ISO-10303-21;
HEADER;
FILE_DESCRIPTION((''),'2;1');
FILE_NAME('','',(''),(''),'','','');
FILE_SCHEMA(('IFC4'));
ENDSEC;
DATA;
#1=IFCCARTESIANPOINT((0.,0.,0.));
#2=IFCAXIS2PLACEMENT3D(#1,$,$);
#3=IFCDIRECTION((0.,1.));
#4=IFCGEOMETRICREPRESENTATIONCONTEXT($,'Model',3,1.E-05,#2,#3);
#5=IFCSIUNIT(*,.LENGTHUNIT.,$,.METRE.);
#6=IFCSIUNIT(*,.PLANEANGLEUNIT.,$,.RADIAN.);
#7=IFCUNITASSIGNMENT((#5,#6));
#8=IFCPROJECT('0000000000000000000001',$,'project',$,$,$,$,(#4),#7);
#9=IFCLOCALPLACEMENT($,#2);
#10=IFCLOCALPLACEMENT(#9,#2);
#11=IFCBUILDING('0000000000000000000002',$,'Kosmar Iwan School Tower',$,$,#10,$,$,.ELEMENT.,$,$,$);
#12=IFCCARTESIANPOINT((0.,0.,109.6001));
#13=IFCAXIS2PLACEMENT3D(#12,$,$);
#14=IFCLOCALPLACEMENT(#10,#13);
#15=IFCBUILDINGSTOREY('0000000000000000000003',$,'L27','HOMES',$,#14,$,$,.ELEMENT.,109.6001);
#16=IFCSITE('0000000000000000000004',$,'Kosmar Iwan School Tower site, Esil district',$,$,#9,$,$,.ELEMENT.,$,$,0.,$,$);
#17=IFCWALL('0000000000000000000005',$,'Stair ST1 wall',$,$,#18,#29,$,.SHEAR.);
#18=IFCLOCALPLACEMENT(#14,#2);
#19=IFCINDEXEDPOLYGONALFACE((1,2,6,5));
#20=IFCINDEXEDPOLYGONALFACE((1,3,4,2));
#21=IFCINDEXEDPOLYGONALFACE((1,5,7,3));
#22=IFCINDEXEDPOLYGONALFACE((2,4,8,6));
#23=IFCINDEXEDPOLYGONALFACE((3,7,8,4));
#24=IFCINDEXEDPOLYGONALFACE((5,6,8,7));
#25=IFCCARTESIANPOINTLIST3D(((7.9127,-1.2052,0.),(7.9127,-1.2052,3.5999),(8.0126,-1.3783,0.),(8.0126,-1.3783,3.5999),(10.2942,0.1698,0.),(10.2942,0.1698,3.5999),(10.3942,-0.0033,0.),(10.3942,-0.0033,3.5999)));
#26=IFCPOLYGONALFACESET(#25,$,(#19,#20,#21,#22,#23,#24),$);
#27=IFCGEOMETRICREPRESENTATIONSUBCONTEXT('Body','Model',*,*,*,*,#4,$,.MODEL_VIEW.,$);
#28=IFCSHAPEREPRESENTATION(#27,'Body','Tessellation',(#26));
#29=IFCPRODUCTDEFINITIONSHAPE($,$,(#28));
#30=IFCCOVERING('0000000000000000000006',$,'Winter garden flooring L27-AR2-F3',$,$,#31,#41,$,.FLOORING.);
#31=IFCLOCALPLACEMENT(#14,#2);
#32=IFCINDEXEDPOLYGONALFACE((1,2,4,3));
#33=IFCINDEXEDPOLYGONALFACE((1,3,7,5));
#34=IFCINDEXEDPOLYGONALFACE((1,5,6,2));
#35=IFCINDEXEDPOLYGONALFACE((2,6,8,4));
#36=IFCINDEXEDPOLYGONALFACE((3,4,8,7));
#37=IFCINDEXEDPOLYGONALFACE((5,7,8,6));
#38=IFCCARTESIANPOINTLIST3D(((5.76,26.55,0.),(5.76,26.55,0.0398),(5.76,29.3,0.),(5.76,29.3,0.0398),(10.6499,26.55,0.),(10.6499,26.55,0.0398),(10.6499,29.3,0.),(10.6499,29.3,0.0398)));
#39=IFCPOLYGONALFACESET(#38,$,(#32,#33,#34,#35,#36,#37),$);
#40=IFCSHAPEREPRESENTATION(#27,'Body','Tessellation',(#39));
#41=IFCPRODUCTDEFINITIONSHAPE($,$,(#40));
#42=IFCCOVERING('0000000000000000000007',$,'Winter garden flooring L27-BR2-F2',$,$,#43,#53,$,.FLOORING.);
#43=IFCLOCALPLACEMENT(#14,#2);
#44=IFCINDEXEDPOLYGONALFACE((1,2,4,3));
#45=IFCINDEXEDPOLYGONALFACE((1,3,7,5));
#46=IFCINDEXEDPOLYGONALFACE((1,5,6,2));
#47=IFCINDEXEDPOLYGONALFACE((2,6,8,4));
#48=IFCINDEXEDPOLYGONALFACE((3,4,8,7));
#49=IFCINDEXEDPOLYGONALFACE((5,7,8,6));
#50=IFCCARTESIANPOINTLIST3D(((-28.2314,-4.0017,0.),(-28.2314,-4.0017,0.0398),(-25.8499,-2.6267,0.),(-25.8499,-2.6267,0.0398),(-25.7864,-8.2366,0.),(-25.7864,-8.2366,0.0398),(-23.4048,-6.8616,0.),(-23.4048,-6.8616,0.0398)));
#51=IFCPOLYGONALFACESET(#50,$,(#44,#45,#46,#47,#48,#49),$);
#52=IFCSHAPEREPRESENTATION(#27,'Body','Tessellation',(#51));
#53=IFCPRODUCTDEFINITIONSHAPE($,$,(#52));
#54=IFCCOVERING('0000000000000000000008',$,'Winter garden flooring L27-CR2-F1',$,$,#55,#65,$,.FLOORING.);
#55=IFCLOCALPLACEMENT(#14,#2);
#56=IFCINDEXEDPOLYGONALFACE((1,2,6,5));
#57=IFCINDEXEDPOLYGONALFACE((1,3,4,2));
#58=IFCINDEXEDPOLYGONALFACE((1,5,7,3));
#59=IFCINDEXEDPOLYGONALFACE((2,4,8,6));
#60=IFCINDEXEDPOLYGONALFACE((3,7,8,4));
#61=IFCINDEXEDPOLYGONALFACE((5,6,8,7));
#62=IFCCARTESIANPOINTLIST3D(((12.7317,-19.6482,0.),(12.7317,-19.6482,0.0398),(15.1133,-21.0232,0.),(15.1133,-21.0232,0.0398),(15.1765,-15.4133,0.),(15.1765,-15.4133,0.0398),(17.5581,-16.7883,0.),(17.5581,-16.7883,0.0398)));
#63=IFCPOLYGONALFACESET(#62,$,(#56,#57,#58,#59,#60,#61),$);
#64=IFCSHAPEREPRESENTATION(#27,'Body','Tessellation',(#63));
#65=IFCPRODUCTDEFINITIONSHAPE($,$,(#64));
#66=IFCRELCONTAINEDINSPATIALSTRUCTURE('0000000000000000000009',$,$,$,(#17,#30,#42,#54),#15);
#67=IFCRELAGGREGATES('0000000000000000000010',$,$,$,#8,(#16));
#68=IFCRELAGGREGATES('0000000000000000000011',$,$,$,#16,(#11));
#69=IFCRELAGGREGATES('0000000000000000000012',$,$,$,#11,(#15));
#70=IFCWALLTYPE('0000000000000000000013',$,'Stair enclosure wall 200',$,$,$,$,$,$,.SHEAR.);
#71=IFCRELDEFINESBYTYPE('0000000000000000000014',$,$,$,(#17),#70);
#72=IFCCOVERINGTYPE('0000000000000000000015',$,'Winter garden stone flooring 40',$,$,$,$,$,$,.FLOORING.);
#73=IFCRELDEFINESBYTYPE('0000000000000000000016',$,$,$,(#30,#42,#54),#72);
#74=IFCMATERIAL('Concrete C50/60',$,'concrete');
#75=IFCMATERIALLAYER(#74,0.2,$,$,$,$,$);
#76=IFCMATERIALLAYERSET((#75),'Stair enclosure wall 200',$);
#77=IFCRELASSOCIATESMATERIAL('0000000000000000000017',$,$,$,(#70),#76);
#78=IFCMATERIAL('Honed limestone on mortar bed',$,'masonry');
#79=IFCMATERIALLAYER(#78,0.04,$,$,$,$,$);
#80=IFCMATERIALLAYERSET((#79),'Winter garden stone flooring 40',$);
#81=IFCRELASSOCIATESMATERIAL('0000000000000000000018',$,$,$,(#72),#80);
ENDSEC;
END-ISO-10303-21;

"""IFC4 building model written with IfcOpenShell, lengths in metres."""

from ifc_helpers import new_model, si_unit, direction, frame, frame_2d, origin, place, context, subcontext, project, spatial, polyline, rectangle, outline, extrude, material, layer, layer_set, type_object, element, save


model = new_model("IFC4")

# Units and contexts
model_context = context("Model", 3, precision=1e-05, world=origin(), true_north=direction((0.0, 1.0)))
body_context = subcontext(model_context, "Body", "Model", "MODEL_VIEW")
ifc_project = project(units=[si_unit("LENGTHUNIT", "METRE"), si_unit("PLANEANGLEUNIT", "RADIAN")], contexts=[model_context])

# Site, building, storey
site_placement = place(None, origin())
site = spatial("IfcSite", under=ifc_project, at=site_placement, Name="Kosmar Iwan School Tower site, Esil district", CompositionType="ELEMENT", RefElevation=0.0)
building_placement = place(site_placement, origin())
building = spatial("IfcBuilding", under=site, at=building_placement, Name="Kosmar Iwan School Tower", CompositionType="ELEMENT")
storey_placement = place(building_placement, frame((0.0, 0.0, 109.6001)))
storey = spatial("IfcBuildingStorey", under=building, at=storey_placement, Name="L27", Description="HOMES", CompositionType="ELEMENT", Elevation=109.6001)

# Wall
ifc_material_1 = material(Name="Concrete C50/60", Category="concrete")
ifc_layer_1 = layer(ifc_material_1, 0.2)
ifc_layer_set_1 = layer_set([ifc_layer_1], Name="Stair enclosure wall 200")
wall_type_1 = type_object("IfcWallType", Name="Stair enclosure wall 200", PredefinedType="SHEAR", material=ifc_layer_set_1)
wall_1_placement = place(storey_placement, frame((7.9626, -1.2917, 0.0), z_axis=(0.0, 0.0, 1.0), x_axis=(0.866027, 0.499997, 0.0)))
element("IfcWall", 1, at=wall_1_placement, inside=storey, type_object=wall_type_1, Name="Stair ST1 wall", PredefinedType="SHEAR", context=body_context, shape_type="SweptSolid", body=[
    extrude(rectangle(XDim=2.75, YDim=0.2, at=frame_2d((1.375, 0.0))), origin(), (0.0, 0.0, 1.0), 3.5999),
])

# Coverings
ifc_material_2 = material(Name="Honed limestone on mortar bed", Category="masonry")
ifc_layer_2 = layer(ifc_material_2, 0.04)
ifc_layer_set_2 = layer_set([ifc_layer_2], Name="Winter garden stone flooring 40")
covering_type = type_object("IfcCoveringType", Name="Winter garden stone flooring 40", PredefinedType="FLOORING", material=ifc_layer_set_2)
covering_1_placement = place(storey_placement, origin())
element("IfcCovering", 2, at=covering_1_placement, inside=storey, type_object=covering_type, Name="Winter garden flooring L27-AR2-F3", PredefinedType="FLOORING", context=body_context, shape_type="SweptSolid", body=[
    extrude(outline(polyline([(5.76, 26.55), (10.6499, 26.55), (10.6499, 29.3), (5.76, 29.3), (5.76, 26.55)])), origin(), (0.0, 0.0, 1.0), 0.0398),
])
covering_2_placement = place(storey_placement, origin())
element("IfcCovering", 3, at=covering_2_placement, inside=storey, type_object=covering_type, Name="Winter garden flooring L27-BR2-F2", PredefinedType="FLOORING", context=body_context, shape_type="SweptSolid", body=[
    extrude(outline(polyline([(-25.7864, -8.2366), (-23.4048, -6.8616), (-25.8499, -2.6267), (-28.2314, -4.0017), (-25.7864, -8.2366)])), origin(), (0.0, 0.0, 1.0), 0.0398),
])
covering_3_placement = place(storey_placement, origin())
element("IfcCovering", 4, at=covering_3_placement, inside=storey, type_object=covering_type, Name="Winter garden flooring L27-CR2-F1", PredefinedType="FLOORING", context=body_context, shape_type="SweptSolid", body=[
    extrude(outline(polyline([(15.1133, -21.0232), (17.5581, -16.7883), (15.1765, -15.4133), (12.7317, -19.6482), (15.1133, -21.0232)])), origin(), (0.0, 0.0, 1.0), 0.0398),
])

save(model, "model.ifc")
